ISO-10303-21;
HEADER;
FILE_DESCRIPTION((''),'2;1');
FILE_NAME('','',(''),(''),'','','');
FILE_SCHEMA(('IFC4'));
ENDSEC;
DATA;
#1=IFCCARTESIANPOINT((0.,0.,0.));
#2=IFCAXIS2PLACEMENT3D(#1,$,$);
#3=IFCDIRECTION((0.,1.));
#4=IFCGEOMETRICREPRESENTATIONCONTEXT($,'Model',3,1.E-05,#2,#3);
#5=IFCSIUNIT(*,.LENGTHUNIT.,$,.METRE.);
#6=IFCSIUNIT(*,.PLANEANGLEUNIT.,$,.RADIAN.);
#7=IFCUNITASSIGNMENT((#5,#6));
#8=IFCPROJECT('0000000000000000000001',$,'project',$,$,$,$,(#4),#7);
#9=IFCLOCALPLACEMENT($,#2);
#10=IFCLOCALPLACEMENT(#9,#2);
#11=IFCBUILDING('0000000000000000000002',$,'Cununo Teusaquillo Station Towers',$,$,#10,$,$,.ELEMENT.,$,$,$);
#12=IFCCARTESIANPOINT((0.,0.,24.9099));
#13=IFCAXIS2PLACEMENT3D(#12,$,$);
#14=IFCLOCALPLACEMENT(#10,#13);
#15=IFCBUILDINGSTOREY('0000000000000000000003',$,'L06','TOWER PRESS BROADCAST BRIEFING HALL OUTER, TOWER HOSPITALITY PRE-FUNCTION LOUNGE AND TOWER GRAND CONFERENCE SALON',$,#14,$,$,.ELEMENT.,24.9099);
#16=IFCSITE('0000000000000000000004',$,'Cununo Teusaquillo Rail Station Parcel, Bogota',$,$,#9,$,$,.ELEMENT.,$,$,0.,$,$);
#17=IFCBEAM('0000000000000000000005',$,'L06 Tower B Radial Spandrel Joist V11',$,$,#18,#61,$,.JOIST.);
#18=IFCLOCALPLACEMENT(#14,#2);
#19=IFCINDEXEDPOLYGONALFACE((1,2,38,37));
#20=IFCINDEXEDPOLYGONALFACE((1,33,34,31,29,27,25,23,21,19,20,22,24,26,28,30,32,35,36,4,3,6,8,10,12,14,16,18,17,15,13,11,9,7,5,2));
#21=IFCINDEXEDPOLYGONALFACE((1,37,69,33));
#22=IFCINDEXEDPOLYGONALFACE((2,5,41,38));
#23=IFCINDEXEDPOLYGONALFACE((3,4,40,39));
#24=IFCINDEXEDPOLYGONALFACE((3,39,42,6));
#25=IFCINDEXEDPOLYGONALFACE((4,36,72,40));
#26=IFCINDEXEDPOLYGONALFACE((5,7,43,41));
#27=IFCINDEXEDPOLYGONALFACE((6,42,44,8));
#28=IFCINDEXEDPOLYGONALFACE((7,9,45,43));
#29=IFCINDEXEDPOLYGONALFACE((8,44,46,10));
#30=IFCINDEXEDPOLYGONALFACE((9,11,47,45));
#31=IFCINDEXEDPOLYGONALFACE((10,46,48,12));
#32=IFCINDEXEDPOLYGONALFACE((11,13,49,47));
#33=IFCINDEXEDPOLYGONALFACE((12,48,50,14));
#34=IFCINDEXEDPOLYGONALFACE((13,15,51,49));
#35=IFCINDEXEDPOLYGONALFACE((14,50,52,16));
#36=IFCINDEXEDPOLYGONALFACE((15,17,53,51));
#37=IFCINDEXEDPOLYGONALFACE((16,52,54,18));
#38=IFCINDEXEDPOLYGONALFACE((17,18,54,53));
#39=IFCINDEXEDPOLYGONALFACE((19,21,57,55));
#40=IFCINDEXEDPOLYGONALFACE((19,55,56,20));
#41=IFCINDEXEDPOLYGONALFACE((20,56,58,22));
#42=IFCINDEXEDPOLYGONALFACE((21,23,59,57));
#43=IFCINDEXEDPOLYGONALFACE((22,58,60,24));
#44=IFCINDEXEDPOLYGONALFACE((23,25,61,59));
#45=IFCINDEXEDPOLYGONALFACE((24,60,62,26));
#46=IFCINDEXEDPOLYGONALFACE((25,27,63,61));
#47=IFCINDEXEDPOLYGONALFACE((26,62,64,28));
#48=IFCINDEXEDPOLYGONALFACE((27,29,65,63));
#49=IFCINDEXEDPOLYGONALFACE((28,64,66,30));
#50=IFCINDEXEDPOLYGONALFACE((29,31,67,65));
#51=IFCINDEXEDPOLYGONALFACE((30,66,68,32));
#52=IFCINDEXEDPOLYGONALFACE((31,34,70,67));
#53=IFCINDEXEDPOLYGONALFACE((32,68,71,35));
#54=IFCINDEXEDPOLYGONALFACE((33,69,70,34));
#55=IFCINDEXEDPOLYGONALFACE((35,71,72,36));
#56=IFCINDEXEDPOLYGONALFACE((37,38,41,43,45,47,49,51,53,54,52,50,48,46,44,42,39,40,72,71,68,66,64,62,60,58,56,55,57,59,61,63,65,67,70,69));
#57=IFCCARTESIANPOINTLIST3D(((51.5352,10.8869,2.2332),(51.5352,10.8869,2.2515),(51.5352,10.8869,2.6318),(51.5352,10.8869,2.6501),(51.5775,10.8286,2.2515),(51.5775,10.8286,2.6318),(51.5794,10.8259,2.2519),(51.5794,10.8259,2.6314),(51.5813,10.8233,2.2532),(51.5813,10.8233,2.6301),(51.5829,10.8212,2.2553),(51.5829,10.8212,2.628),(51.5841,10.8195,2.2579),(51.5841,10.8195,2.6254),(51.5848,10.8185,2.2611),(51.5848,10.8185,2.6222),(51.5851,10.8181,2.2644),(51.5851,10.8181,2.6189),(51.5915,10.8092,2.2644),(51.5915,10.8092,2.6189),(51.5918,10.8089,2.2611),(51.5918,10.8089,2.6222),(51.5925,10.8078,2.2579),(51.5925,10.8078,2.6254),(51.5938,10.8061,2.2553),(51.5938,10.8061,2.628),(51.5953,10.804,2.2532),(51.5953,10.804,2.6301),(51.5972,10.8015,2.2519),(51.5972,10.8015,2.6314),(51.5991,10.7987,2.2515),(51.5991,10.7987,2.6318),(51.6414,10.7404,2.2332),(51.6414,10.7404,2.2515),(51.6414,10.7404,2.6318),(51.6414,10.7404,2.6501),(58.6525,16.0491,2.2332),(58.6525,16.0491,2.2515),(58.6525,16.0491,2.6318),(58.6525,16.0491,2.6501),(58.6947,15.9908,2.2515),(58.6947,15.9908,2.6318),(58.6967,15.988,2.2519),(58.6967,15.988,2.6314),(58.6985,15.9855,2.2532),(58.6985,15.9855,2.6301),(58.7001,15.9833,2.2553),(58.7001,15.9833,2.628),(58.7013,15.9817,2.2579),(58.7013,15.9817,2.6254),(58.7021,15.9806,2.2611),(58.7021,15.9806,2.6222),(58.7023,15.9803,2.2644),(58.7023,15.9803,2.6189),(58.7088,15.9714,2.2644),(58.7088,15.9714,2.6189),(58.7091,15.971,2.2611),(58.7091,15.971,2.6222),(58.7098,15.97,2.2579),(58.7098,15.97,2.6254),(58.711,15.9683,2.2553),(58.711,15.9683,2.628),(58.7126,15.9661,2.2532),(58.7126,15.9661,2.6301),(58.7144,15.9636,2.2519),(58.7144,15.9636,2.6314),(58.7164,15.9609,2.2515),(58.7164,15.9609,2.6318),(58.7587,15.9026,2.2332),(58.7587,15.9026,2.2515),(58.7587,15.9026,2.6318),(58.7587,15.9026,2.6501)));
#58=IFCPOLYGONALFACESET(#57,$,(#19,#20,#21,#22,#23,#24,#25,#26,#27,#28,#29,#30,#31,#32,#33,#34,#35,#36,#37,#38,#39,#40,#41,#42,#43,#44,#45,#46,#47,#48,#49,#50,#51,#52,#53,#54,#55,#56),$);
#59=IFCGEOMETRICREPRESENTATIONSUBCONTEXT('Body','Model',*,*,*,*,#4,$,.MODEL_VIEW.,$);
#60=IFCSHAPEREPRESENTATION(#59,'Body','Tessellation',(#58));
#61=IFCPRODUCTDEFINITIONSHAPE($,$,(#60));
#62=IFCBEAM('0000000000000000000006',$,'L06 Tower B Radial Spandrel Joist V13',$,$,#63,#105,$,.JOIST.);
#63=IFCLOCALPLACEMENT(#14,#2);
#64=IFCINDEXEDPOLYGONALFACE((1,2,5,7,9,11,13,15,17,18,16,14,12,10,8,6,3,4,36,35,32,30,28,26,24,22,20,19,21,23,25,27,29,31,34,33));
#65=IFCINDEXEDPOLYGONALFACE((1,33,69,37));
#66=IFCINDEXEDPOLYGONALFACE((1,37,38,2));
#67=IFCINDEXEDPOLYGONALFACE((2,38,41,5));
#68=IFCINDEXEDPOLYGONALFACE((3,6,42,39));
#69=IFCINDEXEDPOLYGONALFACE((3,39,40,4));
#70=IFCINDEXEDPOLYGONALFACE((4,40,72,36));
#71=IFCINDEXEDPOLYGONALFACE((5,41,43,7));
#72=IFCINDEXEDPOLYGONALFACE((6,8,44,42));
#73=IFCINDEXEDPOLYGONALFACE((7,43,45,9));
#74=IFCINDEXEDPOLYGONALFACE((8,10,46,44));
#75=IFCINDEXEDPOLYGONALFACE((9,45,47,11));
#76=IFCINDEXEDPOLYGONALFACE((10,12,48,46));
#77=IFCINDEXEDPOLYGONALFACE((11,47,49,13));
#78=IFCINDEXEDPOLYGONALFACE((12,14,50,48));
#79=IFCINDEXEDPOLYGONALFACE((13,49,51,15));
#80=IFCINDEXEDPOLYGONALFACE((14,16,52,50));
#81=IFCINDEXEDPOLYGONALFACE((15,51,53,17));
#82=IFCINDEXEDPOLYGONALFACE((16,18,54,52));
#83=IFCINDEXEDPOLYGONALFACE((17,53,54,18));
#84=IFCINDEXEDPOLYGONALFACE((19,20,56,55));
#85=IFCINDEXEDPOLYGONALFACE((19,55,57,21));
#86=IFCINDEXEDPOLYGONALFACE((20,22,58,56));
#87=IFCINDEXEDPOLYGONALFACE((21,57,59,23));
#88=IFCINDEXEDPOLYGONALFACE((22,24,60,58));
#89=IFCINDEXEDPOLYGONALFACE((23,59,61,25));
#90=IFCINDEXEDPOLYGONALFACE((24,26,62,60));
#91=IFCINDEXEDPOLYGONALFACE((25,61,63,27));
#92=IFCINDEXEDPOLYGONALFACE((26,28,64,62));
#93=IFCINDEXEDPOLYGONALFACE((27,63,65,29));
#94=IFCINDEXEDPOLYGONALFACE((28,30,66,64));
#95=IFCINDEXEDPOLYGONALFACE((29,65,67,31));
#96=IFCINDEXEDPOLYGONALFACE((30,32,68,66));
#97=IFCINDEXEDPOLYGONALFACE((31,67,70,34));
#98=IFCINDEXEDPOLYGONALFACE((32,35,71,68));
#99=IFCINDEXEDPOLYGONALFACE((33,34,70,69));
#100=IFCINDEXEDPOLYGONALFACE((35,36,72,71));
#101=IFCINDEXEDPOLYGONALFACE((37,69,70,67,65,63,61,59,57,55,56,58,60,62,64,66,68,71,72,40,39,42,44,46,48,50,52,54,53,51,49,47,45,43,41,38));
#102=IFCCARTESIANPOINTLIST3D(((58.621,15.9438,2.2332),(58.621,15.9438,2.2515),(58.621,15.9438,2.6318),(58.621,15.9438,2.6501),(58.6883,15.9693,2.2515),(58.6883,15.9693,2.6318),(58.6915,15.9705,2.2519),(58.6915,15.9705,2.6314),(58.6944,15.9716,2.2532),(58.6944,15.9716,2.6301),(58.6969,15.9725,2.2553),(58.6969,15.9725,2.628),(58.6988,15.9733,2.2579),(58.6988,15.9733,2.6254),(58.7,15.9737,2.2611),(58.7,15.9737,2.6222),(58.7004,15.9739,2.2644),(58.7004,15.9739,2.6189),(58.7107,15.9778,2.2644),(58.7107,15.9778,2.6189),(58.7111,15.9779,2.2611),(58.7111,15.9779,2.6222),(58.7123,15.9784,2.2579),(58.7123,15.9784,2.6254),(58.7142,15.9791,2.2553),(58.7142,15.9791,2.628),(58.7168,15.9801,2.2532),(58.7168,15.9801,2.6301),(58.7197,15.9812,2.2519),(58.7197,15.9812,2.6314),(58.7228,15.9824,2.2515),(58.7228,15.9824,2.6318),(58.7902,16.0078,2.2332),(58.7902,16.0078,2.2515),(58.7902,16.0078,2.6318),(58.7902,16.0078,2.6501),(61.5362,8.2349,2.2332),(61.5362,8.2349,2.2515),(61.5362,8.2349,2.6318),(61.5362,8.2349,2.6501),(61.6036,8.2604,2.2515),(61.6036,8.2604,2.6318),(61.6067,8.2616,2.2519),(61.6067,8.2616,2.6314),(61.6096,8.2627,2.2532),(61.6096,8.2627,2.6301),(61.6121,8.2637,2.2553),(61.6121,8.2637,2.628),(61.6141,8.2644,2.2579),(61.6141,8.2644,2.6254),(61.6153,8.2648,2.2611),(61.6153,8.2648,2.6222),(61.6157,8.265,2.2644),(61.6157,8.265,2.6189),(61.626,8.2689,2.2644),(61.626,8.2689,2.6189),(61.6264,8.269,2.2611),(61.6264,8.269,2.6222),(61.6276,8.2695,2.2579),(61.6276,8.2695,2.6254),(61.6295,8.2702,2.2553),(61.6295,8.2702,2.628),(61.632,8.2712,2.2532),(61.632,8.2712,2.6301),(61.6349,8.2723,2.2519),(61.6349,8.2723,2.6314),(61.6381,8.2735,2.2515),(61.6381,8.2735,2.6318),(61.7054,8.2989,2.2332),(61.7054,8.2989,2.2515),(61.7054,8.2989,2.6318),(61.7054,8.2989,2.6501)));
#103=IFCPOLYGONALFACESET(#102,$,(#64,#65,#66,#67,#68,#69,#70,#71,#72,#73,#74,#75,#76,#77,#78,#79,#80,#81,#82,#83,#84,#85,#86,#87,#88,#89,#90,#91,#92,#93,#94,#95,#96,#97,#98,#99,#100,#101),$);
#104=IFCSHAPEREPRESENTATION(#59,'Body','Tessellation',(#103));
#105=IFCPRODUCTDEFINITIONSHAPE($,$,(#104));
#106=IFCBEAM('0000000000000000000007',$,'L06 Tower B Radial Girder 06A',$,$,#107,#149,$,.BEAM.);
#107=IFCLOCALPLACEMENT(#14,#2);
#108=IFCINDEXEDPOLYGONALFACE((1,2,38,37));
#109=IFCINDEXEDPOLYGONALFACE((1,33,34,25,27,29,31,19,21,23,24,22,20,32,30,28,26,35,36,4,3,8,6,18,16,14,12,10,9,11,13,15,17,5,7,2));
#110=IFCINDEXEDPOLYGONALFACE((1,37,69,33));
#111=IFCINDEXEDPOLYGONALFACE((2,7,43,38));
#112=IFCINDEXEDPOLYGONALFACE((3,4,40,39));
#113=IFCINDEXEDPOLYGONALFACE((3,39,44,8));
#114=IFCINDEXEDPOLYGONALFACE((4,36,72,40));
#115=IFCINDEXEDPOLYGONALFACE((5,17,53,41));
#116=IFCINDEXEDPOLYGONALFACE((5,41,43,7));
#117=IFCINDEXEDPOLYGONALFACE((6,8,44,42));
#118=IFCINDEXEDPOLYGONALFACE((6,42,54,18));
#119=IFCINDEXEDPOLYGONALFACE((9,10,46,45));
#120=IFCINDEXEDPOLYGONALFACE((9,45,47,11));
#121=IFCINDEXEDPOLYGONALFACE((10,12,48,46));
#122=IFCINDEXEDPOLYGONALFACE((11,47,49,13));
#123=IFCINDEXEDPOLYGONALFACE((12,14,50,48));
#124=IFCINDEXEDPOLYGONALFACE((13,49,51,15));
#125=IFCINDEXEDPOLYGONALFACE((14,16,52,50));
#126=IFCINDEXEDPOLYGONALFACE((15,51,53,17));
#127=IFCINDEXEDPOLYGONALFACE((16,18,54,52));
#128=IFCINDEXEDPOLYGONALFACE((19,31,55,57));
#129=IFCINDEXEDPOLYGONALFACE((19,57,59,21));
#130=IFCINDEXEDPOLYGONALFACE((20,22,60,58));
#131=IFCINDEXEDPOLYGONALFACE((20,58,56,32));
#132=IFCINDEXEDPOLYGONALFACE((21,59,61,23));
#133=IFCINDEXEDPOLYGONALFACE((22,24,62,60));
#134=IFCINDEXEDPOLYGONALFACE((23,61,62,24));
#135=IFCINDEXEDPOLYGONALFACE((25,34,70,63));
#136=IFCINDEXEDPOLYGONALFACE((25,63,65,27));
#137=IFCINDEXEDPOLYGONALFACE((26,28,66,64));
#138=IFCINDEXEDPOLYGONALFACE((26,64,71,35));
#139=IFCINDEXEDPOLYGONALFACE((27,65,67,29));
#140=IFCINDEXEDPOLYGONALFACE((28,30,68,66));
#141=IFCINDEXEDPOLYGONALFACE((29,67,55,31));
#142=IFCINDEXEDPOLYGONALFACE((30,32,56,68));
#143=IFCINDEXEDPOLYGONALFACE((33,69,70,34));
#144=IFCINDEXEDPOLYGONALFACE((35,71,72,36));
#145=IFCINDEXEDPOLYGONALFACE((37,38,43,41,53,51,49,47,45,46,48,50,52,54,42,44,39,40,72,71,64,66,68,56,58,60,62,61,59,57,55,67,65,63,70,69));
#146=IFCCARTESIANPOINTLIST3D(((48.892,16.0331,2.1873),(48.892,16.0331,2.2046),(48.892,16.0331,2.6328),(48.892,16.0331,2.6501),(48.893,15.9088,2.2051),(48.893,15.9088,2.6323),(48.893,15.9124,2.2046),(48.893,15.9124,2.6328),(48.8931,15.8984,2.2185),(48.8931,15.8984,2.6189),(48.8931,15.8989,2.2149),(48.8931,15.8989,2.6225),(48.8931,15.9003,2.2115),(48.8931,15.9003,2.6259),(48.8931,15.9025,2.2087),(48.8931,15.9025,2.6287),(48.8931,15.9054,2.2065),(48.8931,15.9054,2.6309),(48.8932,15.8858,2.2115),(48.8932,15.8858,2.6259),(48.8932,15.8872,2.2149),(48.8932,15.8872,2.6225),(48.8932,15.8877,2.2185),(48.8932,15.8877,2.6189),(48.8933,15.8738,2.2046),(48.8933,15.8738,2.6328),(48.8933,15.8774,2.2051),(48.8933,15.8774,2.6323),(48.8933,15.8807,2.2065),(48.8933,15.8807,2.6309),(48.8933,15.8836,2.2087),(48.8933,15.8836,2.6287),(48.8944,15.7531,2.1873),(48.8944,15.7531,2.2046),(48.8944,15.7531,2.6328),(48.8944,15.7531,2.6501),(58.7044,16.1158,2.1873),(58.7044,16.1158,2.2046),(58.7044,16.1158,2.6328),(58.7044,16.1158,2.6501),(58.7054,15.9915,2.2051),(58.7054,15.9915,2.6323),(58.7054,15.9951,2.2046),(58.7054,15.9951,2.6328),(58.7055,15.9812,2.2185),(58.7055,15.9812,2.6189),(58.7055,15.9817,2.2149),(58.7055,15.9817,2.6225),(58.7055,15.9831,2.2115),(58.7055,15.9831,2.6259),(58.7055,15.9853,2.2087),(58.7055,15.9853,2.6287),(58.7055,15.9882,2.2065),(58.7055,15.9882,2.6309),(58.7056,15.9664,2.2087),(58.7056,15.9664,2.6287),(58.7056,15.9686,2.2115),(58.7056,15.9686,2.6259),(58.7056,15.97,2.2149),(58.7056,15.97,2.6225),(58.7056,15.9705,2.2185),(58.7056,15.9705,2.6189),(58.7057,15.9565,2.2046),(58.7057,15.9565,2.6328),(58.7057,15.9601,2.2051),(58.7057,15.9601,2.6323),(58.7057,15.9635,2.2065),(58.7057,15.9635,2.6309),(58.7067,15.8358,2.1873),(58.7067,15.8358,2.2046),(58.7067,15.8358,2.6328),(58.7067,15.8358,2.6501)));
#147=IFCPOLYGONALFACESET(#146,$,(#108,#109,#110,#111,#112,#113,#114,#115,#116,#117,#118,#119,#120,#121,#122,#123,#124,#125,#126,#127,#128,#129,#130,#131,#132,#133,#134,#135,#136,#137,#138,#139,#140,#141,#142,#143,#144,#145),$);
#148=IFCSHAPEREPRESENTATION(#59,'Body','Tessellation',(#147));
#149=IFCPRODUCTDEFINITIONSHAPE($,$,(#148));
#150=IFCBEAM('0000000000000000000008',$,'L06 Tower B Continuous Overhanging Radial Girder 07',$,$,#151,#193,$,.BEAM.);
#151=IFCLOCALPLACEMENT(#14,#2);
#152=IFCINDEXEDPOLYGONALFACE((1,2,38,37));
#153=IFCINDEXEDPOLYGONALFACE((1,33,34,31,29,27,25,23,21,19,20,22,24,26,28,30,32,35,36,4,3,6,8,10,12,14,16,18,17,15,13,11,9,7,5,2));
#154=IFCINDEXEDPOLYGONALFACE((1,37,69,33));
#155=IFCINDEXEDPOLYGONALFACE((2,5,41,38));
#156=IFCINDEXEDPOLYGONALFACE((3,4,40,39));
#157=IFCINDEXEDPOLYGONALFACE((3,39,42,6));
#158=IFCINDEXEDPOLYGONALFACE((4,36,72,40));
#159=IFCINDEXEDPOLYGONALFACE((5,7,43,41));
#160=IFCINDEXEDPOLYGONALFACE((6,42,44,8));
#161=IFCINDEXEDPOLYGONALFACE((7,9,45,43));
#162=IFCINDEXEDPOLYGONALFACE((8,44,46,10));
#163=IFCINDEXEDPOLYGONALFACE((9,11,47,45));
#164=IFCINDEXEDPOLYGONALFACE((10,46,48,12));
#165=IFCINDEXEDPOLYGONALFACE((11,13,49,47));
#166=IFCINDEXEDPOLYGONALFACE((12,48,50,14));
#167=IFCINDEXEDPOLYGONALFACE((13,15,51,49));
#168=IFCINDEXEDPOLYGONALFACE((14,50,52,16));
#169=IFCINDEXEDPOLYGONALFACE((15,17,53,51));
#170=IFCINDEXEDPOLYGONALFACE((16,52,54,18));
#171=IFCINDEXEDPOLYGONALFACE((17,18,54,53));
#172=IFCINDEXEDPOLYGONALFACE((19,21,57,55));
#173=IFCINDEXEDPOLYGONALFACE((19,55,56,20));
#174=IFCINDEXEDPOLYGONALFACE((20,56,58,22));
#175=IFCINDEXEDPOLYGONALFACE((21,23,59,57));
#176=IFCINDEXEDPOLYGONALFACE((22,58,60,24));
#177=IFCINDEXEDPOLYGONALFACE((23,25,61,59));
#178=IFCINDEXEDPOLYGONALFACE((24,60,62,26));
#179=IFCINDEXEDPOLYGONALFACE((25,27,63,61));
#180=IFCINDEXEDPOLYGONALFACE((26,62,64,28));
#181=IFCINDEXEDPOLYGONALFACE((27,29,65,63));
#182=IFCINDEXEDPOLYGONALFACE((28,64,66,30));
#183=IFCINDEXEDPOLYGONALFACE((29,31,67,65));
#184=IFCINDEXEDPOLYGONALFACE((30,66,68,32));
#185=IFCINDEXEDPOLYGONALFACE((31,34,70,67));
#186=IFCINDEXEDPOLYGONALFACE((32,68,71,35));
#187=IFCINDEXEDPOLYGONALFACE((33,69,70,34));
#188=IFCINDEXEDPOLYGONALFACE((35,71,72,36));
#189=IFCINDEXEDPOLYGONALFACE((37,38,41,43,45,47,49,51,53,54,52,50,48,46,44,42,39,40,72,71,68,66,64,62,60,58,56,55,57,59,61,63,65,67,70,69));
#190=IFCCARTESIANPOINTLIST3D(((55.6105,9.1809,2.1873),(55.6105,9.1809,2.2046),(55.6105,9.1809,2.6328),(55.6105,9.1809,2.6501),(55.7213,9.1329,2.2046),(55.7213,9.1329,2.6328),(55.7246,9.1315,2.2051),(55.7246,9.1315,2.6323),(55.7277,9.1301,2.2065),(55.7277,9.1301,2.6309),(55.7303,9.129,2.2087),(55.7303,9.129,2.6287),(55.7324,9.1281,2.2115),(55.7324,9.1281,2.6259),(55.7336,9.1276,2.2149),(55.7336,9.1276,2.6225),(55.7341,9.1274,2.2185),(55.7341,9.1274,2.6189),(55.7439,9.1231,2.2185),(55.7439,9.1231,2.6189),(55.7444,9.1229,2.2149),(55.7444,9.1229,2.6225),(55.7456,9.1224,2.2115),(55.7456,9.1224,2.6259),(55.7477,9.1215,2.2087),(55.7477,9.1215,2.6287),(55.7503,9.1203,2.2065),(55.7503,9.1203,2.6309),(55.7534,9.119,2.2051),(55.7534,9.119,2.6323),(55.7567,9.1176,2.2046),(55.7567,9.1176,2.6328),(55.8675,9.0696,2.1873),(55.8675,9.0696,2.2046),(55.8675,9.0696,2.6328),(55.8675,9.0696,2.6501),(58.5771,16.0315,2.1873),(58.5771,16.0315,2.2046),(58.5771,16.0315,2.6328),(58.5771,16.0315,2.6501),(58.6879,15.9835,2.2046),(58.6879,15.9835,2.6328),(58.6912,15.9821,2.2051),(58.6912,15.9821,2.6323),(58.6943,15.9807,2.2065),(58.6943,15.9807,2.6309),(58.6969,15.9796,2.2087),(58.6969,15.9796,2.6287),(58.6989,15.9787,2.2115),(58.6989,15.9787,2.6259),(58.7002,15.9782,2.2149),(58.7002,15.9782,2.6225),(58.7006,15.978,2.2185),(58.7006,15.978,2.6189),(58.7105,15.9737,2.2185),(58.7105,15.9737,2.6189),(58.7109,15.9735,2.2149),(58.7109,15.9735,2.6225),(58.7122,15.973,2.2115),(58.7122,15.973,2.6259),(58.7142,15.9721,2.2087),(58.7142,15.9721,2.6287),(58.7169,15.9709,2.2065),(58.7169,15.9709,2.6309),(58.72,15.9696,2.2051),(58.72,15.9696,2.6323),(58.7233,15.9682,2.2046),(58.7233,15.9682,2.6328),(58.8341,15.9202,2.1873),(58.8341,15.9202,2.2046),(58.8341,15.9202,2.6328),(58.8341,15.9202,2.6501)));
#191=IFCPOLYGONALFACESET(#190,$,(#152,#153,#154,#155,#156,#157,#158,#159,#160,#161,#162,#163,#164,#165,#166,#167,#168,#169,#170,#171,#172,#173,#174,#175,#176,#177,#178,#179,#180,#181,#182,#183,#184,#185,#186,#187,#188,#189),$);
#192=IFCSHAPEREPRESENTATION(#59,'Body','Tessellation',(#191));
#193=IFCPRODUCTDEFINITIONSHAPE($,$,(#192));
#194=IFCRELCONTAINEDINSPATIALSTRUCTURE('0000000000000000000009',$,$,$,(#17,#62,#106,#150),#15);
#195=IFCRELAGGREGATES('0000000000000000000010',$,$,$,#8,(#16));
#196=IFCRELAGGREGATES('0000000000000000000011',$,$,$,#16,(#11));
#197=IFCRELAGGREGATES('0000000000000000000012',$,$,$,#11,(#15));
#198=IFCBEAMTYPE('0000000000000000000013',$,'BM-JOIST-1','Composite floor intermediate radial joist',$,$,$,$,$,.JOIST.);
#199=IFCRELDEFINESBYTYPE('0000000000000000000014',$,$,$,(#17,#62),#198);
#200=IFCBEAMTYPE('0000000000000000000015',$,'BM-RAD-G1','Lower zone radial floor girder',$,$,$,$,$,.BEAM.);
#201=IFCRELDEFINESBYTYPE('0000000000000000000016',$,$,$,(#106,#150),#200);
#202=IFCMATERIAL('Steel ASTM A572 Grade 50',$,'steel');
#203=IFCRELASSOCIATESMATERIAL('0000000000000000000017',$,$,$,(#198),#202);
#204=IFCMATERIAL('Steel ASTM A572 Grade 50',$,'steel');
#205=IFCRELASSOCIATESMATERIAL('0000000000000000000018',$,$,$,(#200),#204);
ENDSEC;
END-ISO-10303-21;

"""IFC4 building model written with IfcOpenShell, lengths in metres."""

from ifc_helpers import new_model, si_unit, direction, frame, origin, origin_2d, place, context, subcontext, project, spatial, i_section, extrude, material, material_profile, profile_set, type_object, element, save


model = new_model("IFC4")

# Units and contexts
model_context = context("Model", 3, precision=1e-05, world=origin(), true_north=direction((0.0, 1.0)))
body_context = subcontext(model_context, "Body", "Model", "MODEL_VIEW")
ifc_project = project(units=[si_unit("LENGTHUNIT", "METRE"), si_unit("PLANEANGLEUNIT", "RADIAN")], contexts=[model_context])

# Site, building, storey
site_placement = place(None, origin())
site = spatial("IfcSite", under=ifc_project, at=site_placement, Name="Cununo Teusaquillo Rail Station Parcel, Bogota", CompositionType="ELEMENT", RefElevation=0.0)
building_placement = place(site_placement, origin())
building = spatial("IfcBuilding", under=site, at=building_placement, Name="Cununo Teusaquillo Station Towers", CompositionType="ELEMENT")
storey_placement = place(building_placement, frame((0.0, 0.0, 24.9099)))
storey = spatial("IfcBuildingStorey", under=building, at=storey_placement, Name="L06", Description="TOWER PRESS BROADCAST BRIEFING HALL OUTER, TOWER HOSPITALITY PRE-FUNCTION LOUNGE AND TOWER GRAND CONFERENCE SALON", CompositionType="ELEMENT", Elevation=24.9099)

# Beams
ifc_material_1 = material(Name="Steel ASTM A572 Grade 50", Category="steel")
ifc_material_profile_1 = material_profile(ifc_material_1, i_section(OverallWidth=0.1809, OverallDepth=0.417, WebThickness=0.011, FlangeThickness=0.0183, FilletRadius=0.0129, at=origin_2d()), Name="W16X57")
ifc_profile_set_1 = profile_set([ifc_material_profile_1], Name="Steel ASTM A572 Grade 50")
beam_type_1 = type_object("IfcBeamType", Name="BM-JOIST-1", Description="Composite floor intermediate radial joist", PredefinedType="JOIST", material=ifc_profile_set_1)
beam_1_placement = place(storey_placement, frame((58.7056, 15.9758, 2.4417), z_axis=(-0.809494, -0.587128, 0.0), x_axis=(0.587128, -0.809494, 0.0)))
element("IfcBeam", 1, at=beam_1_placement, inside=storey, type_object=beam_type_1, Name="L06 Tower B Radial Spandrel Joist V11", PredefinedType="JOIST", context=body_context, shape_type="SweptSolid", body=[
    extrude(i_section(OverallWidth=0.1809, OverallDepth=0.417, WebThickness=0.011, FlangeThickness=0.0183, FilletRadius=0.0129, at=origin_2d()), origin(), (0.0, 0.0, 1.0), 8.7922),
])
beam_2_placement = place(storey_placement, frame((58.7056, 15.9758, 2.4417), z_axis=(0.353719, -0.935352, 0.0), x_axis=(0.935352, 0.353719, 0.0)))
element("IfcBeam", 2, at=beam_2_placement, inside=storey, type_object=beam_type_1, Name="L06 Tower B Radial Spandrel Joist V13", PredefinedType="JOIST", context=body_context, shape_type="SweptSolid", body=[
    extrude(i_section(OverallWidth=0.1809, OverallDepth=0.417, WebThickness=0.011, FlangeThickness=0.0183, FilletRadius=0.0129, at=origin_2d()), origin(), (0.0, 0.0, 1.0), 8.2417),
])
ifc_material_2 = material(Name="Steel ASTM A572 Grade 50", Category="steel")
ifc_material_profile_2 = material_profile(ifc_material_2, i_section(OverallWidth=0.28, OverallDepth=0.4629, WebThickness=0.0107, FlangeThickness=0.0173, FilletRadius=0.0139, at=origin_2d()), Name="W18X76")
ifc_profile_set_2 = profile_set([ifc_material_profile_2], Name="Steel ASTM A572 Grade 50")
beam_type_2 = type_object("IfcBeamType", Name="BM-RAD-G1", Description="Lower zone radial floor girder", PredefinedType="BEAM", material=ifc_profile_set_2)
beam_3_placement = place(storey_placement, frame((58.7056, 15.9758, 2.4187), z_axis=(-0.999964, -0.008434, 0.0), x_axis=(0.008434, -0.999964, 0.0)))
element("IfcBeam", 3, at=beam_3_placement, inside=storey, type_object=beam_type_2, Name="L06 Tower B Radial Girder 06A", PredefinedType="BEAM", context=body_context, shape_type="SweptSolid", body=[
    extrude(i_section(OverallWidth=0.28, OverallDepth=0.4629, WebThickness=0.0107, FlangeThickness=0.0173, FilletRadius=0.0139, at=origin_2d()), origin(), (0.0, 0.0, 1.0), 9.8127),
])
beam_4_placement = place(storey_placement, frame((58.7056, 15.9758, 2.4187), z_axis=(-0.397378, -0.917655, 0.0), x_axis=(0.917655, -0.397378, 0.0)))
element("IfcBeam", 4, at=beam_4_placement, inside=storey, type_object=beam_type_2, Name="L06 Tower B Continuous Overhanging Radial Girder 07", PredefinedType="BEAM", context=body_context, shape_type="SweptSolid", body=[
    extrude(i_section(OverallWidth=0.28, OverallDepth=0.4629, WebThickness=0.0107, FlangeThickness=0.0173, FilletRadius=0.0139, at=origin_2d()), origin(), (0.0, 0.0, 1.0), 7.4653),
])

save(model, "model.ifc")
